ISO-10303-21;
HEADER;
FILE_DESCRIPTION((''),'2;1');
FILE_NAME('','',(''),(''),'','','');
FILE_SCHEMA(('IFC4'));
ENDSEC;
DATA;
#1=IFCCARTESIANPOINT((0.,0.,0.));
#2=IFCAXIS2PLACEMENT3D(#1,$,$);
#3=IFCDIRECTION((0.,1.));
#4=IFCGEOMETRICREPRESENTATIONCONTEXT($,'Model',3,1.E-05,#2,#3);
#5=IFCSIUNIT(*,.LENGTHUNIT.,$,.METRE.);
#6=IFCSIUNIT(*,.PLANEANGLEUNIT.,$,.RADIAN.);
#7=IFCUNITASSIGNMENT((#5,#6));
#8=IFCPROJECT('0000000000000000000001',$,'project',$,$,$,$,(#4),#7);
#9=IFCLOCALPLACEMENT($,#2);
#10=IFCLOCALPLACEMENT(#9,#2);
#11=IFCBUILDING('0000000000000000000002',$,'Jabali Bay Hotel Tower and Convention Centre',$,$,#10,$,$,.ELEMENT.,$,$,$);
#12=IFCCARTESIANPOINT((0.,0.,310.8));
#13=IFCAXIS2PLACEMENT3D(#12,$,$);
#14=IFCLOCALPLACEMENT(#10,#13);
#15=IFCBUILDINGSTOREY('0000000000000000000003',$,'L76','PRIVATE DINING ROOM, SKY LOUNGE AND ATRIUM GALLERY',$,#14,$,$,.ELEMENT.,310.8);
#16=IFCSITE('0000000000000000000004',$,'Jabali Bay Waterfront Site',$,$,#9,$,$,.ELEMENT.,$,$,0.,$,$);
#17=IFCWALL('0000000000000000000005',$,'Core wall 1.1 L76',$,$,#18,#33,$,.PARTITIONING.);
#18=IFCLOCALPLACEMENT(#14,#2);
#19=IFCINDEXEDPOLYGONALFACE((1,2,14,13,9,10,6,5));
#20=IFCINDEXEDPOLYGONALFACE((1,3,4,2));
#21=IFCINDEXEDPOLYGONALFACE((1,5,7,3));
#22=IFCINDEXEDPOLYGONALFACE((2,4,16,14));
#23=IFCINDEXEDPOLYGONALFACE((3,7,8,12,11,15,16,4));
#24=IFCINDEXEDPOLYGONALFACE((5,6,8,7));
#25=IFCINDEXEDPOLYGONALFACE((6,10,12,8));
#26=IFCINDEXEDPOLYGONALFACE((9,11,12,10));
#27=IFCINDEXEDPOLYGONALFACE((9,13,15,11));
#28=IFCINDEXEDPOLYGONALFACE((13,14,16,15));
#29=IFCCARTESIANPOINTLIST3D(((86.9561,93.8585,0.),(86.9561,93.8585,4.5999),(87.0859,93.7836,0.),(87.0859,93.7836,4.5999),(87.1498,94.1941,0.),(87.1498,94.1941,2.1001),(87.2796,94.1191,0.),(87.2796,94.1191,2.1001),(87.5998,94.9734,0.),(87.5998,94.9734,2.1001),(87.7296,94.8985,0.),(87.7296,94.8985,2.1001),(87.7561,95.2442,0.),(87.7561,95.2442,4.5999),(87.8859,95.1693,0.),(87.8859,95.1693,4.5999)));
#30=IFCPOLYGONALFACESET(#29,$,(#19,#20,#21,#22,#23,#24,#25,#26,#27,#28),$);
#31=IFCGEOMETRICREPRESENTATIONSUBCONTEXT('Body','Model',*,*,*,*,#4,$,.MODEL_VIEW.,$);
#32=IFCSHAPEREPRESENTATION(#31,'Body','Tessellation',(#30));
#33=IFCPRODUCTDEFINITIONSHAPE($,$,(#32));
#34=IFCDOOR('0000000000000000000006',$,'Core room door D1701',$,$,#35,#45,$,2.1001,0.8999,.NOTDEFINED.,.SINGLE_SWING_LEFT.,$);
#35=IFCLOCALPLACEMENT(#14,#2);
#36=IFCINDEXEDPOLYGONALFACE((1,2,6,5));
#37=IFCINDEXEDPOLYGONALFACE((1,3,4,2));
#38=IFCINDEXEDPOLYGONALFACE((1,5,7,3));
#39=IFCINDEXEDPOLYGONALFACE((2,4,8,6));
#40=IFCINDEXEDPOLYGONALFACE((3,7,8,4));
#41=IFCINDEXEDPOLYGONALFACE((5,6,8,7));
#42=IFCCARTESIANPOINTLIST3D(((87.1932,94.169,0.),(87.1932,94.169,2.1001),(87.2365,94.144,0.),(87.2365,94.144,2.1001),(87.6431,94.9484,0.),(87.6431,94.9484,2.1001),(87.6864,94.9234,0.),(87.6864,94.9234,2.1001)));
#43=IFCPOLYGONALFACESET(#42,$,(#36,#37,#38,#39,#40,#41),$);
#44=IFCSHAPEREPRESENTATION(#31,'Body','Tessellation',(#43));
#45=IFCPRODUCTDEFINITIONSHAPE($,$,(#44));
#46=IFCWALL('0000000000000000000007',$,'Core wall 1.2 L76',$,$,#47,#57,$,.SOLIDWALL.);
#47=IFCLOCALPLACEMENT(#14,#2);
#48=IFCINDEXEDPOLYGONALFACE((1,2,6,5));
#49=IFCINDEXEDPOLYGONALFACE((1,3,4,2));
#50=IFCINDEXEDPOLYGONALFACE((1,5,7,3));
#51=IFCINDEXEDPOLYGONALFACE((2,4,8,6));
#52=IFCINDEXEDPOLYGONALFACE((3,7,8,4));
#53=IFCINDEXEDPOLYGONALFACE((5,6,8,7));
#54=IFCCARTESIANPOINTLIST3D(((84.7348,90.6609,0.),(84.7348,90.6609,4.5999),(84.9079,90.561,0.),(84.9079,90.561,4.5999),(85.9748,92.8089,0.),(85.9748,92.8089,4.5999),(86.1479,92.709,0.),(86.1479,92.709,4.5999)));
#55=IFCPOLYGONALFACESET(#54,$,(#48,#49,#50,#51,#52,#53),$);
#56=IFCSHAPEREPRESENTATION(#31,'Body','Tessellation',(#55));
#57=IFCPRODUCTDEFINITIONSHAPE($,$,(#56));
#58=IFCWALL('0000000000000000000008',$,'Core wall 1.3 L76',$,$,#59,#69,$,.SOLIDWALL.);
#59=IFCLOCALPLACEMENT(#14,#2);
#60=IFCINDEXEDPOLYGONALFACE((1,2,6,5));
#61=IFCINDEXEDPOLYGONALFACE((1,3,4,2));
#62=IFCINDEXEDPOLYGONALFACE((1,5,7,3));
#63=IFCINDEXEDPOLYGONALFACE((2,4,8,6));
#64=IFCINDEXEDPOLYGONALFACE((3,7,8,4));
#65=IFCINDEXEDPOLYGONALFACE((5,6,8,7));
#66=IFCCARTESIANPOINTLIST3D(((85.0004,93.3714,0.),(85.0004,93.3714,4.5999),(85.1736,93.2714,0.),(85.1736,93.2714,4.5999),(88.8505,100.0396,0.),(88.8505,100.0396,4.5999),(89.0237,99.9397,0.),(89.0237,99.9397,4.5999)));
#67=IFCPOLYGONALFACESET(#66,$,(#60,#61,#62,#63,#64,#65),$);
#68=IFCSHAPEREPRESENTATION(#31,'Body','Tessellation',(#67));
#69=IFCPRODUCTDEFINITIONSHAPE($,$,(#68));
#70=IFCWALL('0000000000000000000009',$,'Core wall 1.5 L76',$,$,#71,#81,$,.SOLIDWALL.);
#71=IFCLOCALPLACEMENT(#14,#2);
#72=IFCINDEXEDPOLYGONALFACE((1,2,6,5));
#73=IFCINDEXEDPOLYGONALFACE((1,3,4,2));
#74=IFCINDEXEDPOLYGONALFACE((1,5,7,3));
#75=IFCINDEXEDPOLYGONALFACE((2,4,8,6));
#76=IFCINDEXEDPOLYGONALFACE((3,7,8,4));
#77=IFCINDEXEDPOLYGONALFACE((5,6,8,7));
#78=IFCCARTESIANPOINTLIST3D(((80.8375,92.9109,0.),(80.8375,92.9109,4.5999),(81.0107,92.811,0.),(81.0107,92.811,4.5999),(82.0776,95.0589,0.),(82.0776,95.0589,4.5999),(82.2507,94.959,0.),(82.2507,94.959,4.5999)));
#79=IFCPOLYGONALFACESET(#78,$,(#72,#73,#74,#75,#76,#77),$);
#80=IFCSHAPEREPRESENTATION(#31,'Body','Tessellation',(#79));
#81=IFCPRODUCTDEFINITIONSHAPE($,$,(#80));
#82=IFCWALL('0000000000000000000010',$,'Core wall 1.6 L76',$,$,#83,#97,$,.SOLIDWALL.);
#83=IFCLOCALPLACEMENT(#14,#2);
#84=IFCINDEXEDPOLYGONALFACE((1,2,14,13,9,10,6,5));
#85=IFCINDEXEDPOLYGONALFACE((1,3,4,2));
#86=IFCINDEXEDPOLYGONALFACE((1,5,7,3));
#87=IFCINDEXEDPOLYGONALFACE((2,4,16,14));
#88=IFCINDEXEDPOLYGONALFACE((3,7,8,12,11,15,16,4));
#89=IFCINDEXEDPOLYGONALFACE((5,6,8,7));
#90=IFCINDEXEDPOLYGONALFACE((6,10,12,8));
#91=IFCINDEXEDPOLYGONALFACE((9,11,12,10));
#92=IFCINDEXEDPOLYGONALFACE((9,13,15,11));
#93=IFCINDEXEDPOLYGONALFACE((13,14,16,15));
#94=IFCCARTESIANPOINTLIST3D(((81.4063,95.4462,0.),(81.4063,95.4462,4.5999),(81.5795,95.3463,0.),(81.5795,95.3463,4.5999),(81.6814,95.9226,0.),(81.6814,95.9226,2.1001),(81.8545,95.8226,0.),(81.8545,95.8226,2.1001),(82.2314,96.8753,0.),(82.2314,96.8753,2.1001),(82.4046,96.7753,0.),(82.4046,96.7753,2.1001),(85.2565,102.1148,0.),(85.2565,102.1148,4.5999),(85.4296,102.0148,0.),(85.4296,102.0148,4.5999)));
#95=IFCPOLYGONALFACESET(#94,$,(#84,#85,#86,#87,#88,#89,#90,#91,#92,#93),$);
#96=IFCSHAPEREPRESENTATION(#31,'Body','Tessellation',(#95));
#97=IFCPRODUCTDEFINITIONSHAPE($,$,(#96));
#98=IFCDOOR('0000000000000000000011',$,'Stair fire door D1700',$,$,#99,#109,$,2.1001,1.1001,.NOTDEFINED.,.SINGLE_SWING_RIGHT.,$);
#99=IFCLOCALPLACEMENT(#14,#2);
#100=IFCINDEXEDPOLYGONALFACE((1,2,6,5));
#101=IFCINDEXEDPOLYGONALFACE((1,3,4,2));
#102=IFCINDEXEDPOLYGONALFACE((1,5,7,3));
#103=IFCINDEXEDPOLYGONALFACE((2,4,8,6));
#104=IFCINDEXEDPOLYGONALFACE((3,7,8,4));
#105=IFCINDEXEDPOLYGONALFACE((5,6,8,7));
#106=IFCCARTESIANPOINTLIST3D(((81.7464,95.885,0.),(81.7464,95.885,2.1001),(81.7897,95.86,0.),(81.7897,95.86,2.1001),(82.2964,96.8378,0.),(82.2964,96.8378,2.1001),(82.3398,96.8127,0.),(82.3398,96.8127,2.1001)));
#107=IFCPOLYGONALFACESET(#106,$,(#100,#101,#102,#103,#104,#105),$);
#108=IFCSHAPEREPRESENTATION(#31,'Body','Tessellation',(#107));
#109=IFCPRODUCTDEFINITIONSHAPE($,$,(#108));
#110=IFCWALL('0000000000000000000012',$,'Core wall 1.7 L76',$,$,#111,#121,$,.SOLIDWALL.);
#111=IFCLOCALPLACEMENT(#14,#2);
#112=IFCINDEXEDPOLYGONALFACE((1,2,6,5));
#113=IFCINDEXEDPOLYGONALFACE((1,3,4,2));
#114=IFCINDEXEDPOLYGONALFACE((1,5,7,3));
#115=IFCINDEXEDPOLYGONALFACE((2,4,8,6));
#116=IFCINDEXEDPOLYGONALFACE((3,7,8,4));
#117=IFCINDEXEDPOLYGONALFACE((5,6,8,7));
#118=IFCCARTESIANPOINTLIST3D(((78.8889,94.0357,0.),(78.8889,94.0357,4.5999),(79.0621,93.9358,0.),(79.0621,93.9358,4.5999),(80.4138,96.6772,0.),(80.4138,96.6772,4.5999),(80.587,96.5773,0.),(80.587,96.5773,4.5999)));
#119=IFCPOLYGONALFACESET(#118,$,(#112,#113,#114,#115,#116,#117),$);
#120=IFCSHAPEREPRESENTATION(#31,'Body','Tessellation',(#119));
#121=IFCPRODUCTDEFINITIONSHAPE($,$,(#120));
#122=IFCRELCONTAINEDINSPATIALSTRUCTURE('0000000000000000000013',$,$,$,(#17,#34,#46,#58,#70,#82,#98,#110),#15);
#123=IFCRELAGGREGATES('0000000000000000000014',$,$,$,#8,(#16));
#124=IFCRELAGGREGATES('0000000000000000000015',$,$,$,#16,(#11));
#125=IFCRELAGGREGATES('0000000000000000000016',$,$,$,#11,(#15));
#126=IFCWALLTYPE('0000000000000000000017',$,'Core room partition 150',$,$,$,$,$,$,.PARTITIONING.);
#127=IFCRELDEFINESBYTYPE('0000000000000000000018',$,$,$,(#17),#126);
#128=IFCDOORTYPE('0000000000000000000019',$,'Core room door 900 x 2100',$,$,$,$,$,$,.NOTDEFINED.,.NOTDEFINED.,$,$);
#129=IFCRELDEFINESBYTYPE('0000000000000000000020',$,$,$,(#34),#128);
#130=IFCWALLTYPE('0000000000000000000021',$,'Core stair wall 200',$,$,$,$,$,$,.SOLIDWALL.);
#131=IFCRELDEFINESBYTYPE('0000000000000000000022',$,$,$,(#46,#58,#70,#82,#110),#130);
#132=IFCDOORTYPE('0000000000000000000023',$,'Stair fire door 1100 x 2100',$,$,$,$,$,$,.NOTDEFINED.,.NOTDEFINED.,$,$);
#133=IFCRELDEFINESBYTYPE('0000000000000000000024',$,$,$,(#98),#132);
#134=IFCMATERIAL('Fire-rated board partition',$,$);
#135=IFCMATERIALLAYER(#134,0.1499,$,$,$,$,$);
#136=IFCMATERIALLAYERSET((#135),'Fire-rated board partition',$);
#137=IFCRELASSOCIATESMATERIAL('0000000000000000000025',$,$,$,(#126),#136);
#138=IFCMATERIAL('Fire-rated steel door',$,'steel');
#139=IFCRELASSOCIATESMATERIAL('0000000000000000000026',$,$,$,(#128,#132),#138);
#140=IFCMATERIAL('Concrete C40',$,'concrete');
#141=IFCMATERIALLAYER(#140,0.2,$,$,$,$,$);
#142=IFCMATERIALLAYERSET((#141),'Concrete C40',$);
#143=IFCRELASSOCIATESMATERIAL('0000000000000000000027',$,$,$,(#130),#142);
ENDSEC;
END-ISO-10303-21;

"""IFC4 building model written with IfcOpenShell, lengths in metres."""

from ifc_helpers import new_model, si_unit, direction, frame, frame_2d, origin, place, context, subcontext, project, spatial, rectangle, extrude, material, layer, layer_set, type_object, element, fill, save


model = new_model("IFC4")

# Units and contexts
model_context = context("Model", 3, precision=1e-05, world=origin(), true_north=direction((0.0, 1.0)))
body_context = subcontext(model_context, "Body", "Model", "MODEL_VIEW")
ifc_project = project(units=[si_unit("LENGTHUNIT", "METRE"), si_unit("PLANEANGLEUNIT", "RADIAN")], contexts=[model_context])

# Site, building, storey
site_placement = place(None, origin())
site = spatial("IfcSite", under=ifc_project, at=site_placement, Name="Jabali Bay Waterfront Site", CompositionType="ELEMENT", RefElevation=0.0)
building_placement = place(site_placement, origin())
building = spatial("IfcBuilding", under=site, at=building_placement, Name="Jabali Bay Hotel Tower and Convention Centre", CompositionType="ELEMENT")
storey_placement = place(building_placement, frame((0.0, 0.0, 310.8)))
storey = spatial("IfcBuildingStorey", under=building, at=storey_placement, Name="L76", Description="PRIVATE DINING ROOM, SKY LOUNGE AND ATRIUM GALLERY", CompositionType="ELEMENT", Elevation=310.8)

# Wall, opening, door
ifc_material_1 = material(Name="Fire-rated board partition")
ifc_layer_1 = layer(ifc_material_1, 0.1499)
ifc_layer_set_1 = layer_set([ifc_layer_1], Name="Fire-rated board partition")
wall_type_1 = type_object("IfcWallType", Name="Core room partition 150", PredefinedType="PARTITIONING", material=ifc_layer_set_1)
wall_1_placement = place(storey_placement, frame((87.021, 93.821, 0.0), z_axis=(0.0, 0.0, 1.0), x_axis=(0.499995, 0.866028, 0.0)))
wall_1 = element("IfcWall", 1, at=wall_1_placement, inside=storey, type_object=wall_type_1, Name="Core wall 1.1 L76", PredefinedType="PARTITIONING", context=body_context, shape_type="SweptSolid", body=[
    extrude(rectangle(XDim=1.6001, YDim=0.1499, at=frame_2d((0.8, 0.0))), origin(), (0.0, 0.0, 1.0), 4.5999),
])
opening_1_placement = place(wall_1_placement, frame((0.3875, 0.0, 0.0)))
opening_1 = element("IfcOpeningElement", 2, at=opening_1_placement, cuts=wall_1, PredefinedType="OPENING", context=body_context, shape_type="SweptSolid", body=[
    extrude(rectangle(XDim=0.8999, YDim=2.1001, at=frame_2d((0.45, 1.05))), frame((0.0, 0.0854, 0.0), z_axis=(0.0, -1.0, 0.0), x_axis=(1.0, 0.0, 0.0)), (0.0, 0.0, 1.0), 0.1709),
])
ifc_material_2 = material(Name="Fire-rated steel door", Category="steel")
door_type_1 = type_object("IfcDoorType", Name="Core room door 900 x 2100", OperationType="NOTDEFINED", PredefinedType="NOTDEFINED", material=ifc_material_2)
door_1_placement = place(opening_1_placement, origin())
door_1 = element("IfcDoor", 3, at=door_1_placement, inside=storey, type_object=door_type_1, Name="Core room door D1701", OperationType="SINGLE_SWING_LEFT", OverallHeight=2.1001, OverallWidth=0.8999, PredefinedType="NOTDEFINED", context=body_context, shape_type="SweptSolid", body=[
    extrude(rectangle(XDim=0.8999, YDim=2.1001, at=frame_2d((0.45, 1.05))), frame((0.0, 0.0249, 0.0), z_axis=(0.0, -1.0, 0.0), x_axis=(1.0, 0.0, 0.0)), (0.0, 0.0, 1.0), 0.05),
])
fill(opening_1, door_1)

# Walls
ifc_material_3 = material(Name="Concrete C40", Category="concrete")
ifc_layer_2 = layer(ifc_material_3, 0.2)
ifc_layer_set_2 = layer_set([ifc_layer_2], Name="Concrete C40")
wall_type_2 = type_object("IfcWallType", Name="Core stair wall 200", PredefinedType="SOLIDWALL", material=ifc_layer_set_2)
wall_2_placement = place(storey_placement, frame((84.8213, 90.6108, 0.0), z_axis=(0.0, 0.0, 1.0), x_axis=(0.499961, 0.866048, 0.0)))
element("IfcWall", 4, at=wall_2_placement, inside=storey, type_object=wall_type_2, Name="Core wall 1.2 L76", PredefinedType="SOLIDWALL", context=body_context, shape_type="SweptSolid", body=[
    extrude(rectangle(XDim=2.4802, YDim=0.2, at=frame_2d((1.2402, 0.0))), origin(), (0.0, 0.0, 1.0), 4.5999),
])
wall_3_placement = place(storey_placement, frame((85.0869, 93.3213, 0.0), z_axis=(0.0, 0.0, 1.0), x_axis=(0.50002, 0.866014, 0.0)))
element("IfcWall", 5, at=wall_3_placement, inside=storey, type_object=wall_type_2, Name="Core wall 1.3 L76", PredefinedType="SOLIDWALL", context=body_context, shape_type="SweptSolid", body=[
    extrude(rectangle(XDim=7.7, YDim=0.2, at=frame_2d((3.8501, 0.0))), origin(), (0.0, 0.0, 1.0), 4.5999),
])
wall_4_placement = place(storey_placement, frame((80.9241, 92.8608, 0.0), z_axis=(0.0, 0.0, 1.0), x_axis=(0.499961, 0.866048, 0.0)))
element("IfcWall", 6, at=wall_4_placement, inside=storey, type_object=wall_type_2, Name="Core wall 1.5 L76", PredefinedType="SOLIDWALL", context=body_context, shape_type="SweptSolid", body=[
    extrude(rectangle(XDim=2.4802, YDim=0.2, at=frame_2d((1.2402, 0.0))), origin(), (0.0, 0.0, 1.0), 4.5999),
])

# Wall, opening, door
wall_5_placement = place(storey_placement, frame((81.4929, 95.3962, 0.0), z_axis=(0.0, 0.0, 1.0), x_axis=(0.500006, 0.866022, 0.0)))
wall_5 = element("IfcWall", 7, at=wall_5_placement, inside=storey, type_object=wall_type_2, Name="Core wall 1.6 L76", PredefinedType="SOLIDWALL", context=body_context, shape_type="SweptSolid", body=[
    extrude(rectangle(XDim=7.7002, YDim=0.2, at=frame_2d((3.8501, 0.0))), origin(), (0.0, 0.0, 1.0), 4.5999),
])
opening_2_placement = place(wall_5_placement, frame((0.55, 0.0, 0.0)))
opening_2 = element("IfcOpeningElement", 8, at=opening_2_placement, cuts=wall_5, PredefinedType="OPENING", context=body_context, shape_type="SweptSolid", body=[
    extrude(rectangle(XDim=1.1001, YDim=2.1001, at=frame_2d((0.55, 1.05))), frame((0.0, 0.1104, 0.0), z_axis=(0.0, -1.0, 0.0), x_axis=(1.0, 0.0, 0.0)), (0.0, 0.0, 1.0), 0.2209),
])
door_type_2 = type_object("IfcDoorType", Name="Stair fire door 1100 x 2100", OperationType="NOTDEFINED", PredefinedType="NOTDEFINED", material=ifc_material_2)
door_2_placement = place(opening_2_placement, origin())
door_2 = element("IfcDoor", 9, at=door_2_placement, inside=storey, type_object=door_type_2, Name="Stair fire door D1700", OperationType="SINGLE_SWING_RIGHT", OverallHeight=2.1001, OverallWidth=1.1001, PredefinedType="NOTDEFINED", context=body_context, shape_type="SweptSolid", body=[
    extrude(rectangle(XDim=1.1001, YDim=2.1001, at=frame_2d((0.55, 1.05))), frame((0.0, 0.0249, 0.0), z_axis=(0.0, -1.0, 0.0), x_axis=(1.0, 0.0, 0.0)), (0.0, 0.0, 1.0), 0.05),
])
fill(opening_2, door_2)

# Wall
wall_6_placement = place(storey_placement, frame((78.9756, 93.9858, 0.0), z_axis=(0.0, 0.0, 1.0), x_axis=(0.499944, 0.866058, 0.0)))
element("IfcWall", 10, at=wall_6_placement, inside=storey, type_object=wall_type_2, Name="Core wall 1.7 L76", PredefinedType="SOLIDWALL", context=body_context, shape_type="SweptSolid", body=[
    extrude(rectangle(XDim=3.05, YDim=0.2, at=frame_2d((1.5249, 0.0))), origin(), (0.0, 0.0, 1.0), 4.5999),
])

save(model, "model.ifc")
